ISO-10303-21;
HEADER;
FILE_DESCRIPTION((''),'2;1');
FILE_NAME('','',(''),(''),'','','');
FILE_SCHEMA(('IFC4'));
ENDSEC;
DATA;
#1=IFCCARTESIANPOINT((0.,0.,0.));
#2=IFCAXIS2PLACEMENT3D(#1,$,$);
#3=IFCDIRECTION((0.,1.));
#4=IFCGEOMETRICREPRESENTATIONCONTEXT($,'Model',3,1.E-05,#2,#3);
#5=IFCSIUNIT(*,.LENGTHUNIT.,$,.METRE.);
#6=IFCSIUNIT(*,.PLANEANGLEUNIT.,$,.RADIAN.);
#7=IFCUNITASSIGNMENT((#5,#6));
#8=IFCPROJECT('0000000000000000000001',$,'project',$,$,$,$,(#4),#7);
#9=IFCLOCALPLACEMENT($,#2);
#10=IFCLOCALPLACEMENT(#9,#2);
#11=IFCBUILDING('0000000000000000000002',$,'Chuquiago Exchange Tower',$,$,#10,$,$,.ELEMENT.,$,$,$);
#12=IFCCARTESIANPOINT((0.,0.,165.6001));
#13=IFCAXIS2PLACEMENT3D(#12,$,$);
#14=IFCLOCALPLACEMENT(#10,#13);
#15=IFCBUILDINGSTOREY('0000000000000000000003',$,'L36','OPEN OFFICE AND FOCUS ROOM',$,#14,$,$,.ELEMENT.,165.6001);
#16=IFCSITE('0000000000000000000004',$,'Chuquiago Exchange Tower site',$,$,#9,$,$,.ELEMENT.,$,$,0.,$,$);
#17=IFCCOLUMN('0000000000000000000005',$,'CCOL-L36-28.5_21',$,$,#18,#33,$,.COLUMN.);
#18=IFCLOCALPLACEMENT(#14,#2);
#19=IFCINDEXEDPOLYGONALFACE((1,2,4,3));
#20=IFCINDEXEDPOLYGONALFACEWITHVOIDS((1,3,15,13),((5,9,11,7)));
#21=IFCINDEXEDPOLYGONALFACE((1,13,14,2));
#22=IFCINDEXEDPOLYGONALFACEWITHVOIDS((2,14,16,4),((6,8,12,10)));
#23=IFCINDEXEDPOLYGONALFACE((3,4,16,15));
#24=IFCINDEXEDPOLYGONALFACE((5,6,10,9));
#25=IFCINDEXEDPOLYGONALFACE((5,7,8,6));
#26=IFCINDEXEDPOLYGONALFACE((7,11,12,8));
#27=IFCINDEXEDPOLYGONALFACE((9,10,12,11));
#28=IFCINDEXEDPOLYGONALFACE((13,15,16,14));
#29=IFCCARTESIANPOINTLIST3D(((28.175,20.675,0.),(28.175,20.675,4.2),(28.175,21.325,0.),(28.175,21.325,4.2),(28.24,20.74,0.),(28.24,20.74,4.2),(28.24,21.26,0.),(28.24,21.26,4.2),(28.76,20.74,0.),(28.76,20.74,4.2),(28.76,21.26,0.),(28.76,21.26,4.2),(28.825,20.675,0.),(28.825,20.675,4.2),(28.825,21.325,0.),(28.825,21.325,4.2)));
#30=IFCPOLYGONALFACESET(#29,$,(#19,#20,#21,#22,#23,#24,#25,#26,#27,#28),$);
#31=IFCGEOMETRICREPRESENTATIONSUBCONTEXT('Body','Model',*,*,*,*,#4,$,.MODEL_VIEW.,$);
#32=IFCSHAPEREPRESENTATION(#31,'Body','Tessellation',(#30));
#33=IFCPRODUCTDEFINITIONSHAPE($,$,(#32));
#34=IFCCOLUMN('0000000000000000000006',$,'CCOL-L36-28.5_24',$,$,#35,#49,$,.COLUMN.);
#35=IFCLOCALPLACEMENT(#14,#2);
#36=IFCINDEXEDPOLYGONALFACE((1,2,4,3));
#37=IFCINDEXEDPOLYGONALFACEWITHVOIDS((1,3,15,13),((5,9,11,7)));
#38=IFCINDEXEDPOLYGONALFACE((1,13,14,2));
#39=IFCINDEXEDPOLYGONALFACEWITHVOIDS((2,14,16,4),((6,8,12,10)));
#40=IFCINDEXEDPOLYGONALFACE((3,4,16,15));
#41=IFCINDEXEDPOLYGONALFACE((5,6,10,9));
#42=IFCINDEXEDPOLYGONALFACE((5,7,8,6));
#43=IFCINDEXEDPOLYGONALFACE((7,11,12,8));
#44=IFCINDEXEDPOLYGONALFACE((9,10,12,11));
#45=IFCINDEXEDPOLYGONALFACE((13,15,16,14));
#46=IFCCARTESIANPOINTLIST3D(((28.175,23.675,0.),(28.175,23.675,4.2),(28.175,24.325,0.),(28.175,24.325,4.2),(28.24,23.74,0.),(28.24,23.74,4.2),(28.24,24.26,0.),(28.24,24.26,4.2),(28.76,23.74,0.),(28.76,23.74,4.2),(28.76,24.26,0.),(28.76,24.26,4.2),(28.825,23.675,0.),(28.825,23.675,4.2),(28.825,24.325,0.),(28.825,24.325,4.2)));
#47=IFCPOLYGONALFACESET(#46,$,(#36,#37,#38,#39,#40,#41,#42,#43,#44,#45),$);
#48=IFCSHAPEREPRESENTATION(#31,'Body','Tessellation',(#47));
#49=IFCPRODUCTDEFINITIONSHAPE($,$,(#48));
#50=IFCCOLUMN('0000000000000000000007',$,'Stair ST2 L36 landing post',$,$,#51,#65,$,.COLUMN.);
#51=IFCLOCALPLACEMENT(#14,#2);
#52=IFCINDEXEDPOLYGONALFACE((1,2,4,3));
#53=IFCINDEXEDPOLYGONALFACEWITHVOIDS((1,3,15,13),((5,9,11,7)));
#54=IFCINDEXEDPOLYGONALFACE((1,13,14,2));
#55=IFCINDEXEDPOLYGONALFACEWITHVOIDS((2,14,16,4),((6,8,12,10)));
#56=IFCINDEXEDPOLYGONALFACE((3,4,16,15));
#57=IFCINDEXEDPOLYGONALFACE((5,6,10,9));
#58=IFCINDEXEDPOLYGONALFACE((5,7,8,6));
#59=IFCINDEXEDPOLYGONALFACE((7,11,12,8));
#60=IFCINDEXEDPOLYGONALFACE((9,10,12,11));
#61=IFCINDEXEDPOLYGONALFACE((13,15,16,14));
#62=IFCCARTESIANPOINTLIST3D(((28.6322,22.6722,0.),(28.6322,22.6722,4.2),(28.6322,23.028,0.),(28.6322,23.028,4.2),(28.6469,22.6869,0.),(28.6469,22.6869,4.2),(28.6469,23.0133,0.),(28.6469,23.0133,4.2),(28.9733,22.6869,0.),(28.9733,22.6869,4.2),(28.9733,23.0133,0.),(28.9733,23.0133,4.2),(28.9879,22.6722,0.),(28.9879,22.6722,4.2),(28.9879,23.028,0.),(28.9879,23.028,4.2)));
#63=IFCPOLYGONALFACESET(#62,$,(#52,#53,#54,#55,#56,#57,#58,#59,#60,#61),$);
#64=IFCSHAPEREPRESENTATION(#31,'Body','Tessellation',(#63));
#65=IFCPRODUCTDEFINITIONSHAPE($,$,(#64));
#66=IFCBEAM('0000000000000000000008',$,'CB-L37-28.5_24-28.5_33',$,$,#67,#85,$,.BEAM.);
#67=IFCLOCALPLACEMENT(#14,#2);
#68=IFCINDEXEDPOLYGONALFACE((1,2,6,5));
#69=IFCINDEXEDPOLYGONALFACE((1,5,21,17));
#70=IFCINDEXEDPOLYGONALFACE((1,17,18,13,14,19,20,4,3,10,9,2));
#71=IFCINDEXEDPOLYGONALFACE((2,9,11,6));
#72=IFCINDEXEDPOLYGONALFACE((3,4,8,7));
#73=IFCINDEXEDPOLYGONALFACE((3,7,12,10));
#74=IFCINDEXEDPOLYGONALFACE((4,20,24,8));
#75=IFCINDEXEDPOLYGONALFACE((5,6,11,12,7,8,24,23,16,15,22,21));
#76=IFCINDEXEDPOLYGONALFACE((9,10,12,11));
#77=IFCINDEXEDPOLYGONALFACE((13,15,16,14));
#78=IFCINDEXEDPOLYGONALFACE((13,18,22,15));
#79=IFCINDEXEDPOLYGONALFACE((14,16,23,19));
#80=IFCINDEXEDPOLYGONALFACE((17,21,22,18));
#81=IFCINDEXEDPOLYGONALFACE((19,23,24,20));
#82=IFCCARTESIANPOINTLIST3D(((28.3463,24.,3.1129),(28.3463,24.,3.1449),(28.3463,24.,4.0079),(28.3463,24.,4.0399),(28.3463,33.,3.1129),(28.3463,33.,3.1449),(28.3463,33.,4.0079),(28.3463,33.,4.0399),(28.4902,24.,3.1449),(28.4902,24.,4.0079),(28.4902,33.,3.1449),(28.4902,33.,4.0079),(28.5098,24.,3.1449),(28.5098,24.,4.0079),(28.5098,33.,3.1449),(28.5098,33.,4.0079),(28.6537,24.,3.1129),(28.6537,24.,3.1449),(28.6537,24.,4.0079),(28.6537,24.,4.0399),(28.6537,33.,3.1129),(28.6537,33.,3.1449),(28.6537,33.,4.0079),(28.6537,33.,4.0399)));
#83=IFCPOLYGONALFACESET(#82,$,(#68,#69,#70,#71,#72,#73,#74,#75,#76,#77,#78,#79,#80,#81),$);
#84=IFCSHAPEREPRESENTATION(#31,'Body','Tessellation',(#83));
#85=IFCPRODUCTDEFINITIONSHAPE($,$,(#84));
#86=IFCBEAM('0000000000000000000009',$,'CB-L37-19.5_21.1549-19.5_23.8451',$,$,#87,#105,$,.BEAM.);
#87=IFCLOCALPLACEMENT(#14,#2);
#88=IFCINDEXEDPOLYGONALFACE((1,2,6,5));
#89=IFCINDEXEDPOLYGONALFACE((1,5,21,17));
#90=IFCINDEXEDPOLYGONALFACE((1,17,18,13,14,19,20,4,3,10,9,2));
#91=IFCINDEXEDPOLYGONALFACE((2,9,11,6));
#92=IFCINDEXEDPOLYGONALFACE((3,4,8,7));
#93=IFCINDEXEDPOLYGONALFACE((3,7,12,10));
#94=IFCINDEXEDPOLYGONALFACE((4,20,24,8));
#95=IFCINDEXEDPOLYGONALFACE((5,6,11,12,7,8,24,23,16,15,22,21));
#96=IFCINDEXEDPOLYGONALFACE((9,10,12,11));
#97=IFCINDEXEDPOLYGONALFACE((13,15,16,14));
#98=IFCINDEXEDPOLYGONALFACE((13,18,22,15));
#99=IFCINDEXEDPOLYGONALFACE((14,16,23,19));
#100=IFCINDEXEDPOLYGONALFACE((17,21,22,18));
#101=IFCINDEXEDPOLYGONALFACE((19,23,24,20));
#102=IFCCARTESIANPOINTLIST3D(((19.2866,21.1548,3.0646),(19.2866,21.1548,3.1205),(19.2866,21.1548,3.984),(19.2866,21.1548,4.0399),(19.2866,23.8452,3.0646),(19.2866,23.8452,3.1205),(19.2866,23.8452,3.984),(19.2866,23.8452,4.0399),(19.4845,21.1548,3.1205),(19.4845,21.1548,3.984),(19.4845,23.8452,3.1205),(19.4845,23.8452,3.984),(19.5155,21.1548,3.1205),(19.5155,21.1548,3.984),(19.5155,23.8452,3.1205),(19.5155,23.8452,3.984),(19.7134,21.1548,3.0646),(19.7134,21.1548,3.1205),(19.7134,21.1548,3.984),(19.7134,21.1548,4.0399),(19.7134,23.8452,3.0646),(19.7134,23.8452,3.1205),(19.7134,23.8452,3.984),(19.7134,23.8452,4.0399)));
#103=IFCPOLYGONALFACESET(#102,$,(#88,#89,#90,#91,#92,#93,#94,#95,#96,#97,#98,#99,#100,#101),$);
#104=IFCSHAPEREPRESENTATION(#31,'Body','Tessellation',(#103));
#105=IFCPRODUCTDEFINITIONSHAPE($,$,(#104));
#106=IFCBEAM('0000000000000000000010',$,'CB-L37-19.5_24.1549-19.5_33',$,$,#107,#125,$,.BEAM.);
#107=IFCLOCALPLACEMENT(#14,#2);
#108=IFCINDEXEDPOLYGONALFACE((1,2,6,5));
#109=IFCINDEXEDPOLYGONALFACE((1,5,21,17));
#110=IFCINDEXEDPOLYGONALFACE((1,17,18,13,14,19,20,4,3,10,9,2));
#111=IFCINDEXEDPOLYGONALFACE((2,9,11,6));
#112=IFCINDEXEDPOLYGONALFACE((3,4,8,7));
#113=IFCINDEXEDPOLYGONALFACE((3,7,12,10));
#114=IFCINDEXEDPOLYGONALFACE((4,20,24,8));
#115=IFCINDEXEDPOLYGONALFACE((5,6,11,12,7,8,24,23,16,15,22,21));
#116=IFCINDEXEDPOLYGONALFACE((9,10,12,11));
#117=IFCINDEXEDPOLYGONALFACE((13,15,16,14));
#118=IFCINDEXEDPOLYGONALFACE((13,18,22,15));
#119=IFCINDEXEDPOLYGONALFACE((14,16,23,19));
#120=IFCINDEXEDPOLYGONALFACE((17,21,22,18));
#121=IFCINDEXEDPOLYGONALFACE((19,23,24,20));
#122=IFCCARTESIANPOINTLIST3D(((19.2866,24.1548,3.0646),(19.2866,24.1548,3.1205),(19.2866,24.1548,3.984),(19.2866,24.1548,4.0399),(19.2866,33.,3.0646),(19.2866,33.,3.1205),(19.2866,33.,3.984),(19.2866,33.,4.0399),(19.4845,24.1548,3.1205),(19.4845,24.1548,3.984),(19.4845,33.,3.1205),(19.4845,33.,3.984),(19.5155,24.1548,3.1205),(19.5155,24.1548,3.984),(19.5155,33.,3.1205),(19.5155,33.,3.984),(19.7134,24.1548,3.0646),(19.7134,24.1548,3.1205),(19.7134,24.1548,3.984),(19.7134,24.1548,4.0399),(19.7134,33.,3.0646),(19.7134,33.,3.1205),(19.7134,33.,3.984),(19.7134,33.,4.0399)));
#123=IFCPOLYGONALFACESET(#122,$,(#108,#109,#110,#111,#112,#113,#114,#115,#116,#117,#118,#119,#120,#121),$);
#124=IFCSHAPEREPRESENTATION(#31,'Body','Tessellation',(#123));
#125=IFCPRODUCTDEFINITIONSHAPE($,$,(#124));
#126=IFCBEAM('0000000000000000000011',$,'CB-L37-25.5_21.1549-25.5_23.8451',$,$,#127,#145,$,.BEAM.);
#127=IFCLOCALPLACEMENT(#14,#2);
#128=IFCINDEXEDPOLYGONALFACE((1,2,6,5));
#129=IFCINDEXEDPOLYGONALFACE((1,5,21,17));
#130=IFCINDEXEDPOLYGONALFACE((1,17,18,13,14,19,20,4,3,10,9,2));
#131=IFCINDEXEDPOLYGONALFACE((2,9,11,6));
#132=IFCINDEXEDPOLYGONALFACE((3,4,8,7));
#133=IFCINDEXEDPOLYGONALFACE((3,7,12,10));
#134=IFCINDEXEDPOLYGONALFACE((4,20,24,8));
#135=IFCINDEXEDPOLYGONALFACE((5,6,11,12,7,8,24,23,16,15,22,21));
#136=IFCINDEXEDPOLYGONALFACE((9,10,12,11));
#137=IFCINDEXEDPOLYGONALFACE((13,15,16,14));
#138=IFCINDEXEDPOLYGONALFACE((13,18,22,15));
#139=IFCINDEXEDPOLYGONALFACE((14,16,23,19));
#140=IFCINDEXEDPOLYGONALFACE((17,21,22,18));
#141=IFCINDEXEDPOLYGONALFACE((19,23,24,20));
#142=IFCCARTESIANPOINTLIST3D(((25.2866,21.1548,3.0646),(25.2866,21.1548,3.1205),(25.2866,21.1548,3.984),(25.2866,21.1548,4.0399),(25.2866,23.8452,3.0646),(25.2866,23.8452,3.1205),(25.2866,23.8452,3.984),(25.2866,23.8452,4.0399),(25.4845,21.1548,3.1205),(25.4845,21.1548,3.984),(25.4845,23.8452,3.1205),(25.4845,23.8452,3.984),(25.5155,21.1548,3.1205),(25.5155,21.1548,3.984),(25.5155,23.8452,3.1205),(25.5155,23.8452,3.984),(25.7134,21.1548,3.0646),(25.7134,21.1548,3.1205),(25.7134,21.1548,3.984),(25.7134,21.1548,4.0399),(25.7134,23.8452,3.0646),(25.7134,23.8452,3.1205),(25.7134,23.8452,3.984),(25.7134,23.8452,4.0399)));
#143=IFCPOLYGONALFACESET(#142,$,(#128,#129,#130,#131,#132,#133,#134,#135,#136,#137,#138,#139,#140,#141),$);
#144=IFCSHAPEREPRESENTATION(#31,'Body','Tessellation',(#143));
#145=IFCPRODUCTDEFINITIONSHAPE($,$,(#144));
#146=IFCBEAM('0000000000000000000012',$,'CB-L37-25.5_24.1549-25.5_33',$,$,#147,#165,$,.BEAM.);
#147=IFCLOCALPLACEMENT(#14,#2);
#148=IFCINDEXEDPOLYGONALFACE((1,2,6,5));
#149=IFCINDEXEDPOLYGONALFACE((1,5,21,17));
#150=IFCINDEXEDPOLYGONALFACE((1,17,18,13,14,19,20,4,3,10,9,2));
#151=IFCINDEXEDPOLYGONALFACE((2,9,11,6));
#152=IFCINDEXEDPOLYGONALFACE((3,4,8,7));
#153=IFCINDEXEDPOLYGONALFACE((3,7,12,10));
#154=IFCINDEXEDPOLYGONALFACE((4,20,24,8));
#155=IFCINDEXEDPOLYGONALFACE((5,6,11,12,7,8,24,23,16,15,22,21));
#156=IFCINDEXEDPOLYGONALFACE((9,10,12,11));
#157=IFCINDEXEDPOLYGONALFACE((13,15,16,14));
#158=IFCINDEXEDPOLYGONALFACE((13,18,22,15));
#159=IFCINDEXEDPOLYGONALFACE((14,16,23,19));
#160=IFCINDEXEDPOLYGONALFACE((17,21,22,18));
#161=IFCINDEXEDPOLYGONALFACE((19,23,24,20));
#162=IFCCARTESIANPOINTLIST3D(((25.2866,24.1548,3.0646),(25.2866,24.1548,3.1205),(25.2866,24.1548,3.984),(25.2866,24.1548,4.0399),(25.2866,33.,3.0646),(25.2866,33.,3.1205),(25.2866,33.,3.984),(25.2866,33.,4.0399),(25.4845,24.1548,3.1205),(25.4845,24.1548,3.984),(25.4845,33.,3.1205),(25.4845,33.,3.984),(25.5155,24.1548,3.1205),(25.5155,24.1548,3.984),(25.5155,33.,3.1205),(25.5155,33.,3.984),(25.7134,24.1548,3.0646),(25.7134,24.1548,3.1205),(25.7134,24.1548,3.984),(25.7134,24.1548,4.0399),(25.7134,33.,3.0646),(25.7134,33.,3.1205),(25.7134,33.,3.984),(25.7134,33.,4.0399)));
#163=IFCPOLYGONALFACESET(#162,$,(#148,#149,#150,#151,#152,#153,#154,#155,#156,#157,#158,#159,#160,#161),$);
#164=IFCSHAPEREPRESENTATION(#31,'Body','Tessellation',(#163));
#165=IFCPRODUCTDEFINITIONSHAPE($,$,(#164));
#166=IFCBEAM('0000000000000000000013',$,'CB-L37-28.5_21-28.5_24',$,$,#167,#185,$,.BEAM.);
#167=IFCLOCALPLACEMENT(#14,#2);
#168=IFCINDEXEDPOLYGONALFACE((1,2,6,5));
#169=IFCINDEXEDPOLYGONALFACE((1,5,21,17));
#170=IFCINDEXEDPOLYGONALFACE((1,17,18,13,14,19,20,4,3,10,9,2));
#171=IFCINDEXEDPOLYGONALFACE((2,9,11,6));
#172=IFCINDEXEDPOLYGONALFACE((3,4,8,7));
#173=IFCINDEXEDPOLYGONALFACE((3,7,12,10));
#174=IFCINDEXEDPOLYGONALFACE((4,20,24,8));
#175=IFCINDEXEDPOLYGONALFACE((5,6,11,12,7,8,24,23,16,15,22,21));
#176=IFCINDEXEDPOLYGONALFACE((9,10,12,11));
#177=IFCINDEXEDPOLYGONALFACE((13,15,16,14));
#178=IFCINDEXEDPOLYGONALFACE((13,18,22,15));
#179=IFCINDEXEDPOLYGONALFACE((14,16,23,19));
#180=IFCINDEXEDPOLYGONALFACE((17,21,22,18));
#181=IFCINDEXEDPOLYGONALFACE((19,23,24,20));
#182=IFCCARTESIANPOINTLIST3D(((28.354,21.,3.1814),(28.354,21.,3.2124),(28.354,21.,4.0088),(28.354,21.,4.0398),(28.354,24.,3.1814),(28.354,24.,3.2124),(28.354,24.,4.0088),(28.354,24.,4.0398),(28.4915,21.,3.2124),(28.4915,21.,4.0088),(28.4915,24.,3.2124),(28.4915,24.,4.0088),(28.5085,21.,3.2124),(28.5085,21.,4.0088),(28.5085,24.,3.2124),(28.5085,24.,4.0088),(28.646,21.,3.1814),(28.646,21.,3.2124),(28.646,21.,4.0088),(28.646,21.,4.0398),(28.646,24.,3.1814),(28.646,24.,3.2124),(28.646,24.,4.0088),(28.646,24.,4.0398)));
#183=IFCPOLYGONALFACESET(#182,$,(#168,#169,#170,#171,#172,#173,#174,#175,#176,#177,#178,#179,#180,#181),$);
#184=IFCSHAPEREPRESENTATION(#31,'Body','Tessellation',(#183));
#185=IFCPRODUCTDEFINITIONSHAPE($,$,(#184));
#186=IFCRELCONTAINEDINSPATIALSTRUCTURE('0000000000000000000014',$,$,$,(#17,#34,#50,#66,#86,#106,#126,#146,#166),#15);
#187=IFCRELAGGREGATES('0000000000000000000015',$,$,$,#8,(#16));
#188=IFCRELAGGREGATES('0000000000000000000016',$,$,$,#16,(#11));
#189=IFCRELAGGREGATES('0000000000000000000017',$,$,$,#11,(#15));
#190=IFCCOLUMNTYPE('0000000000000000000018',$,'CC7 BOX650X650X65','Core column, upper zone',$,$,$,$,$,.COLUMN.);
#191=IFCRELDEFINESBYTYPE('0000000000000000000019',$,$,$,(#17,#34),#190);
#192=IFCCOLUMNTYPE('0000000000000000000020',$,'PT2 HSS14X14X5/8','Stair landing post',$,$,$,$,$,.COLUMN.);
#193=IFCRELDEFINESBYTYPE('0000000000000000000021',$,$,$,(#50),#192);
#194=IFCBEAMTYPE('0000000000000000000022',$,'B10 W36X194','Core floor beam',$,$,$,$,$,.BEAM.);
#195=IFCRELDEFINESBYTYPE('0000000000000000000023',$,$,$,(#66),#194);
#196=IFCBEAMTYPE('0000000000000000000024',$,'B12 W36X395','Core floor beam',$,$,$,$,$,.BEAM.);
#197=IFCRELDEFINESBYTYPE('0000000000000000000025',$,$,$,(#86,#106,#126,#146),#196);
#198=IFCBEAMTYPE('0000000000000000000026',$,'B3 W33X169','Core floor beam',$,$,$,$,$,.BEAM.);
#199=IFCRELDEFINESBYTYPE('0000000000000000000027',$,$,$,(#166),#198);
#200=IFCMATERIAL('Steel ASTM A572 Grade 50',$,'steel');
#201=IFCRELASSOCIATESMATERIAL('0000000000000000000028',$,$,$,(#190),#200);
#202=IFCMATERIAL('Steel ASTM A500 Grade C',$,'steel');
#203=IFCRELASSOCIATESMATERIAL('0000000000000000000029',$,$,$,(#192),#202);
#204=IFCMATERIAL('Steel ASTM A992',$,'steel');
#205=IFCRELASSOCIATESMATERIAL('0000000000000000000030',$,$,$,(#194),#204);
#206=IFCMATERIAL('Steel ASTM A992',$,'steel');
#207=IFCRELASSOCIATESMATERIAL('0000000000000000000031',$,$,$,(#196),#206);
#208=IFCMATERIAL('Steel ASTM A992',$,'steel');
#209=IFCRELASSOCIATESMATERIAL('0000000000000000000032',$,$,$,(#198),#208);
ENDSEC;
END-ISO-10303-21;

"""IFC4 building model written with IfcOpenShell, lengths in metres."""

from ifc_helpers import new_model, si_unit, direction, frame, origin, origin_2d, place, context, subcontext, project, spatial, hollow_rectangle, i_section, extrude, material, material_profile, profile_set, type_object, element, save


model = new_model("IFC4")

# Units and contexts
model_context = context("Model", 3, precision=1e-05, world=origin(), true_north=direction((0.0, 1.0)))
body_context = subcontext(model_context, "Body", "Model", "MODEL_VIEW")
ifc_project = project(units=[si_unit("LENGTHUNIT", "METRE"), si_unit("PLANEANGLEUNIT", "RADIAN")], contexts=[model_context])

# Site, building, storey
site_placement = place(None, origin())
site = spatial("IfcSite", under=ifc_project, at=site_placement, Name="Chuquiago Exchange Tower site", CompositionType="ELEMENT", RefElevation=0.0)
building_placement = place(site_placement, origin())
building = spatial("IfcBuilding", under=site, at=building_placement, Name="Chuquiago Exchange Tower", CompositionType="ELEMENT")
storey_placement = place(building_placement, frame((0.0, 0.0, 165.6001)))
storey = spatial("IfcBuildingStorey", under=building, at=storey_placement, Name="L36", Description="OPEN OFFICE AND FOCUS ROOM", CompositionType="ELEMENT", Elevation=165.6001)

# Columns
ifc_material_1 = material(Name="Steel ASTM A572 Grade 50", Category="steel")
ifc_material_profile_1 = material_profile(ifc_material_1, hollow_rectangle(XDim=0.6499, YDim=0.6499, WallThickness=0.0649, at=origin_2d()), Name="BOX650X650X65")
ifc_profile_set_1 = profile_set([ifc_material_profile_1], Name="Steel ASTM A572 Grade 50")
column_type_1 = type_object("IfcColumnType", Name="CC7 BOX650X650X65", Description="Core column, upper zone", PredefinedType="COLUMN", material=ifc_profile_set_1)
for number, where, z_axis, x_axis, name in (
    (1, (28.5, 21.0, 0.0), (0.0, 0.0, 1.0), (1.0, 0.0, 0.0), "CCOL-L36-28.5_21"),
    (2, (28.5, 24.0, 0.0), (0.0, 0.0, 1.0), (1.0, 0.0, 0.0), "CCOL-L36-28.5_24"),
):
    element("IfcColumn", number, at=place(storey_placement, frame(where, z_axis=z_axis, x_axis=x_axis)), inside=storey, type_object=column_type_1, Name=name, PredefinedType="COLUMN", context=body_context, shape_type="SweptSolid", body=[
        extrude(hollow_rectangle(XDim=0.6499, YDim=0.6499, WallThickness=0.0649, at=origin_2d()), origin(), (0.0, 0.0, 1.0), 4.2),
    ])
ifc_material_2 = material(Name="Steel ASTM A500 Grade C", Category="steel")
ifc_material_profile_2 = material_profile(ifc_material_2, hollow_rectangle(XDim=0.3557, YDim=0.3557, WallThickness=0.0146, at=origin_2d()), Name="HSS14X14X5/8")
ifc_profile_set_2 = profile_set([ifc_material_profile_2], Name="Steel ASTM A500 Grade C")
column_type_2 = type_object("IfcColumnType", Name="PT2 HSS14X14X5/8", Description="Stair landing post", PredefinedType="COLUMN", material=ifc_profile_set_2)
column_placement = place(storey_placement, frame((28.8101, 22.8501, 0.0), z_axis=(0.0, 0.0, 1.0), x_axis=(1.0, 0.0, 0.0)))
element("IfcColumn", 3, at=column_placement, inside=storey, type_object=column_type_2, Name="Stair ST2 L36 landing post", PredefinedType="COLUMN", context=body_context, shape_type="SweptSolid", body=[
    extrude(hollow_rectangle(XDim=0.3557, YDim=0.3557, WallThickness=0.0146, at=origin_2d()), origin(), (0.0, 0.0, 1.0), 4.2),
])

# Beams
ifc_material_3 = material(Name="Steel ASTM A992", Category="steel")
ifc_material_profile_3 = material_profile(ifc_material_3, i_section(OverallWidth=0.3074, OverallDepth=0.927, WebThickness=0.0195, FlangeThickness=0.032, at=origin_2d()), Name="W36X194")
ifc_profile_set_3 = profile_set([ifc_material_profile_3], Name="Steel ASTM A992")
beam_type_1 = type_object("IfcBeamType", Name="B10 W36X194", Description="Core floor beam", PredefinedType="BEAM", material=ifc_profile_set_3)
beam_1_placement = place(storey_placement, frame((28.5, 24.0, 3.5764), z_axis=(0.0, 1.0, 0.0), x_axis=(-1.0, 0.0, 0.0)))
element("IfcBeam", 4, at=beam_1_placement, inside=storey, type_object=beam_type_1, Name="CB-L37-28.5_24-28.5_33", PredefinedType="BEAM", context=body_context, shape_type="SweptSolid", body=[
    extrude(i_section(OverallWidth=0.3074, OverallDepth=0.927, WebThickness=0.0195, FlangeThickness=0.032, at=origin_2d()), origin(), (0.0, 0.0, 1.0), 9.0),
])
ifc_material_4 = material(Name="Steel ASTM A992", Category="steel")
ifc_material_profile_4 = material_profile(ifc_material_4, i_section(OverallWidth=0.4268, OverallDepth=0.9753, WebThickness=0.031, FlangeThickness=0.0559, at=origin_2d()), Name="W36X395")
ifc_profile_set_4 = profile_set([ifc_material_profile_4], Name="Steel ASTM A992")
beam_type_2 = type_object("IfcBeamType", Name="B12 W36X395", Description="Core floor beam", PredefinedType="BEAM", material=ifc_profile_set_4)
beam_2_placement = place(storey_placement, frame((19.5, 21.1548, 3.5522), z_axis=(0.0, 1.0, 0.0), x_axis=(-1.0, 0.0, 0.0)))
element("IfcBeam", 5, at=beam_2_placement, inside=storey, type_object=beam_type_2, Name="CB-L37-19.5_21.1549-19.5_23.8451", PredefinedType="BEAM", context=body_context, shape_type="SweptSolid", body=[
    extrude(i_section(OverallWidth=0.4268, OverallDepth=0.9753, WebThickness=0.031, FlangeThickness=0.0559, at=origin_2d()), origin(), (0.0, 0.0, 1.0), 2.6904),
])
beam_3_placement = place(storey_placement, frame((19.5, 24.1548, 3.5522), z_axis=(0.0, 1.0, 0.0), x_axis=(-1.0, 0.0, 0.0)))
element("IfcBeam", 6, at=beam_3_placement, inside=storey, type_object=beam_type_2, Name="CB-L37-19.5_24.1549-19.5_33", PredefinedType="BEAM", context=body_context, shape_type="SweptSolid", body=[
    extrude(i_section(OverallWidth=0.4268, OverallDepth=0.9753, WebThickness=0.031, FlangeThickness=0.0559, at=origin_2d()), origin(), (0.0, 0.0, 1.0), 8.8452),
])
beam_4_placement = place(storey_placement, frame((25.5, 21.1548, 3.5522), z_axis=(0.0, 1.0, 0.0), x_axis=(-1.0, 0.0, 0.0)))
element("IfcBeam", 7, at=beam_4_placement, inside=storey, type_object=beam_type_2, Name="CB-L37-25.5_21.1549-25.5_23.8451", PredefinedType="BEAM", context=body_context, shape_type="SweptSolid", body=[
    extrude(i_section(OverallWidth=0.4268, OverallDepth=0.9753, WebThickness=0.031, FlangeThickness=0.0559, at=origin_2d()), origin(), (0.0, 0.0, 1.0), 2.6904),
])
beam_5_placement = place(storey_placement, frame((25.5, 24.1548, 3.5522), z_axis=(0.0, 1.0, 0.0), x_axis=(-1.0, 0.0, 0.0)))
element("IfcBeam", 8, at=beam_5_placement, inside=storey, type_object=beam_type_2, Name="CB-L37-25.5_24.1549-25.5_33", PredefinedType="BEAM", context=body_context, shape_type="SweptSolid", body=[
    extrude(i_section(OverallWidth=0.4268, OverallDepth=0.9753, WebThickness=0.031, FlangeThickness=0.0559, at=origin_2d()), origin(), (0.0, 0.0, 1.0), 8.8452),
])
ifc_material_5 = material(Name="Steel ASTM A992", Category="steel")
ifc_material_profile_5 = material_profile(ifc_material_5, i_section(OverallWidth=0.292, OverallDepth=0.8584, WebThickness=0.0171, FlangeThickness=0.031, at=origin_2d()), Name="W33X169")
ifc_profile_set_5 = profile_set([ifc_material_profile_5], Name="Steel ASTM A992")
beam_type_3 = type_object("IfcBeamType", Name="B3 W33X169", Description="Core floor beam", PredefinedType="BEAM", material=ifc_profile_set_5)
beam_6_placement = place(storey_placement, frame((28.5, 21.0, 3.6106), z_axis=(0.0, 1.0, 0.0), x_axis=(-1.0, 0.0, 0.0)))
element("IfcBeam", 9, at=beam_6_placement, inside=storey, type_object=beam_type_3, Name="CB-L37-28.5_21-28.5_24", PredefinedType="BEAM", context=body_context, shape_type="SweptSolid", body=[
    extrude(i_section(OverallWidth=0.292, OverallDepth=0.8584, WebThickness=0.0171, FlangeThickness=0.031, at=origin_2d()), origin(), (0.0, 0.0, 1.0), 3.0),
])

save(model, "model.ifc")
